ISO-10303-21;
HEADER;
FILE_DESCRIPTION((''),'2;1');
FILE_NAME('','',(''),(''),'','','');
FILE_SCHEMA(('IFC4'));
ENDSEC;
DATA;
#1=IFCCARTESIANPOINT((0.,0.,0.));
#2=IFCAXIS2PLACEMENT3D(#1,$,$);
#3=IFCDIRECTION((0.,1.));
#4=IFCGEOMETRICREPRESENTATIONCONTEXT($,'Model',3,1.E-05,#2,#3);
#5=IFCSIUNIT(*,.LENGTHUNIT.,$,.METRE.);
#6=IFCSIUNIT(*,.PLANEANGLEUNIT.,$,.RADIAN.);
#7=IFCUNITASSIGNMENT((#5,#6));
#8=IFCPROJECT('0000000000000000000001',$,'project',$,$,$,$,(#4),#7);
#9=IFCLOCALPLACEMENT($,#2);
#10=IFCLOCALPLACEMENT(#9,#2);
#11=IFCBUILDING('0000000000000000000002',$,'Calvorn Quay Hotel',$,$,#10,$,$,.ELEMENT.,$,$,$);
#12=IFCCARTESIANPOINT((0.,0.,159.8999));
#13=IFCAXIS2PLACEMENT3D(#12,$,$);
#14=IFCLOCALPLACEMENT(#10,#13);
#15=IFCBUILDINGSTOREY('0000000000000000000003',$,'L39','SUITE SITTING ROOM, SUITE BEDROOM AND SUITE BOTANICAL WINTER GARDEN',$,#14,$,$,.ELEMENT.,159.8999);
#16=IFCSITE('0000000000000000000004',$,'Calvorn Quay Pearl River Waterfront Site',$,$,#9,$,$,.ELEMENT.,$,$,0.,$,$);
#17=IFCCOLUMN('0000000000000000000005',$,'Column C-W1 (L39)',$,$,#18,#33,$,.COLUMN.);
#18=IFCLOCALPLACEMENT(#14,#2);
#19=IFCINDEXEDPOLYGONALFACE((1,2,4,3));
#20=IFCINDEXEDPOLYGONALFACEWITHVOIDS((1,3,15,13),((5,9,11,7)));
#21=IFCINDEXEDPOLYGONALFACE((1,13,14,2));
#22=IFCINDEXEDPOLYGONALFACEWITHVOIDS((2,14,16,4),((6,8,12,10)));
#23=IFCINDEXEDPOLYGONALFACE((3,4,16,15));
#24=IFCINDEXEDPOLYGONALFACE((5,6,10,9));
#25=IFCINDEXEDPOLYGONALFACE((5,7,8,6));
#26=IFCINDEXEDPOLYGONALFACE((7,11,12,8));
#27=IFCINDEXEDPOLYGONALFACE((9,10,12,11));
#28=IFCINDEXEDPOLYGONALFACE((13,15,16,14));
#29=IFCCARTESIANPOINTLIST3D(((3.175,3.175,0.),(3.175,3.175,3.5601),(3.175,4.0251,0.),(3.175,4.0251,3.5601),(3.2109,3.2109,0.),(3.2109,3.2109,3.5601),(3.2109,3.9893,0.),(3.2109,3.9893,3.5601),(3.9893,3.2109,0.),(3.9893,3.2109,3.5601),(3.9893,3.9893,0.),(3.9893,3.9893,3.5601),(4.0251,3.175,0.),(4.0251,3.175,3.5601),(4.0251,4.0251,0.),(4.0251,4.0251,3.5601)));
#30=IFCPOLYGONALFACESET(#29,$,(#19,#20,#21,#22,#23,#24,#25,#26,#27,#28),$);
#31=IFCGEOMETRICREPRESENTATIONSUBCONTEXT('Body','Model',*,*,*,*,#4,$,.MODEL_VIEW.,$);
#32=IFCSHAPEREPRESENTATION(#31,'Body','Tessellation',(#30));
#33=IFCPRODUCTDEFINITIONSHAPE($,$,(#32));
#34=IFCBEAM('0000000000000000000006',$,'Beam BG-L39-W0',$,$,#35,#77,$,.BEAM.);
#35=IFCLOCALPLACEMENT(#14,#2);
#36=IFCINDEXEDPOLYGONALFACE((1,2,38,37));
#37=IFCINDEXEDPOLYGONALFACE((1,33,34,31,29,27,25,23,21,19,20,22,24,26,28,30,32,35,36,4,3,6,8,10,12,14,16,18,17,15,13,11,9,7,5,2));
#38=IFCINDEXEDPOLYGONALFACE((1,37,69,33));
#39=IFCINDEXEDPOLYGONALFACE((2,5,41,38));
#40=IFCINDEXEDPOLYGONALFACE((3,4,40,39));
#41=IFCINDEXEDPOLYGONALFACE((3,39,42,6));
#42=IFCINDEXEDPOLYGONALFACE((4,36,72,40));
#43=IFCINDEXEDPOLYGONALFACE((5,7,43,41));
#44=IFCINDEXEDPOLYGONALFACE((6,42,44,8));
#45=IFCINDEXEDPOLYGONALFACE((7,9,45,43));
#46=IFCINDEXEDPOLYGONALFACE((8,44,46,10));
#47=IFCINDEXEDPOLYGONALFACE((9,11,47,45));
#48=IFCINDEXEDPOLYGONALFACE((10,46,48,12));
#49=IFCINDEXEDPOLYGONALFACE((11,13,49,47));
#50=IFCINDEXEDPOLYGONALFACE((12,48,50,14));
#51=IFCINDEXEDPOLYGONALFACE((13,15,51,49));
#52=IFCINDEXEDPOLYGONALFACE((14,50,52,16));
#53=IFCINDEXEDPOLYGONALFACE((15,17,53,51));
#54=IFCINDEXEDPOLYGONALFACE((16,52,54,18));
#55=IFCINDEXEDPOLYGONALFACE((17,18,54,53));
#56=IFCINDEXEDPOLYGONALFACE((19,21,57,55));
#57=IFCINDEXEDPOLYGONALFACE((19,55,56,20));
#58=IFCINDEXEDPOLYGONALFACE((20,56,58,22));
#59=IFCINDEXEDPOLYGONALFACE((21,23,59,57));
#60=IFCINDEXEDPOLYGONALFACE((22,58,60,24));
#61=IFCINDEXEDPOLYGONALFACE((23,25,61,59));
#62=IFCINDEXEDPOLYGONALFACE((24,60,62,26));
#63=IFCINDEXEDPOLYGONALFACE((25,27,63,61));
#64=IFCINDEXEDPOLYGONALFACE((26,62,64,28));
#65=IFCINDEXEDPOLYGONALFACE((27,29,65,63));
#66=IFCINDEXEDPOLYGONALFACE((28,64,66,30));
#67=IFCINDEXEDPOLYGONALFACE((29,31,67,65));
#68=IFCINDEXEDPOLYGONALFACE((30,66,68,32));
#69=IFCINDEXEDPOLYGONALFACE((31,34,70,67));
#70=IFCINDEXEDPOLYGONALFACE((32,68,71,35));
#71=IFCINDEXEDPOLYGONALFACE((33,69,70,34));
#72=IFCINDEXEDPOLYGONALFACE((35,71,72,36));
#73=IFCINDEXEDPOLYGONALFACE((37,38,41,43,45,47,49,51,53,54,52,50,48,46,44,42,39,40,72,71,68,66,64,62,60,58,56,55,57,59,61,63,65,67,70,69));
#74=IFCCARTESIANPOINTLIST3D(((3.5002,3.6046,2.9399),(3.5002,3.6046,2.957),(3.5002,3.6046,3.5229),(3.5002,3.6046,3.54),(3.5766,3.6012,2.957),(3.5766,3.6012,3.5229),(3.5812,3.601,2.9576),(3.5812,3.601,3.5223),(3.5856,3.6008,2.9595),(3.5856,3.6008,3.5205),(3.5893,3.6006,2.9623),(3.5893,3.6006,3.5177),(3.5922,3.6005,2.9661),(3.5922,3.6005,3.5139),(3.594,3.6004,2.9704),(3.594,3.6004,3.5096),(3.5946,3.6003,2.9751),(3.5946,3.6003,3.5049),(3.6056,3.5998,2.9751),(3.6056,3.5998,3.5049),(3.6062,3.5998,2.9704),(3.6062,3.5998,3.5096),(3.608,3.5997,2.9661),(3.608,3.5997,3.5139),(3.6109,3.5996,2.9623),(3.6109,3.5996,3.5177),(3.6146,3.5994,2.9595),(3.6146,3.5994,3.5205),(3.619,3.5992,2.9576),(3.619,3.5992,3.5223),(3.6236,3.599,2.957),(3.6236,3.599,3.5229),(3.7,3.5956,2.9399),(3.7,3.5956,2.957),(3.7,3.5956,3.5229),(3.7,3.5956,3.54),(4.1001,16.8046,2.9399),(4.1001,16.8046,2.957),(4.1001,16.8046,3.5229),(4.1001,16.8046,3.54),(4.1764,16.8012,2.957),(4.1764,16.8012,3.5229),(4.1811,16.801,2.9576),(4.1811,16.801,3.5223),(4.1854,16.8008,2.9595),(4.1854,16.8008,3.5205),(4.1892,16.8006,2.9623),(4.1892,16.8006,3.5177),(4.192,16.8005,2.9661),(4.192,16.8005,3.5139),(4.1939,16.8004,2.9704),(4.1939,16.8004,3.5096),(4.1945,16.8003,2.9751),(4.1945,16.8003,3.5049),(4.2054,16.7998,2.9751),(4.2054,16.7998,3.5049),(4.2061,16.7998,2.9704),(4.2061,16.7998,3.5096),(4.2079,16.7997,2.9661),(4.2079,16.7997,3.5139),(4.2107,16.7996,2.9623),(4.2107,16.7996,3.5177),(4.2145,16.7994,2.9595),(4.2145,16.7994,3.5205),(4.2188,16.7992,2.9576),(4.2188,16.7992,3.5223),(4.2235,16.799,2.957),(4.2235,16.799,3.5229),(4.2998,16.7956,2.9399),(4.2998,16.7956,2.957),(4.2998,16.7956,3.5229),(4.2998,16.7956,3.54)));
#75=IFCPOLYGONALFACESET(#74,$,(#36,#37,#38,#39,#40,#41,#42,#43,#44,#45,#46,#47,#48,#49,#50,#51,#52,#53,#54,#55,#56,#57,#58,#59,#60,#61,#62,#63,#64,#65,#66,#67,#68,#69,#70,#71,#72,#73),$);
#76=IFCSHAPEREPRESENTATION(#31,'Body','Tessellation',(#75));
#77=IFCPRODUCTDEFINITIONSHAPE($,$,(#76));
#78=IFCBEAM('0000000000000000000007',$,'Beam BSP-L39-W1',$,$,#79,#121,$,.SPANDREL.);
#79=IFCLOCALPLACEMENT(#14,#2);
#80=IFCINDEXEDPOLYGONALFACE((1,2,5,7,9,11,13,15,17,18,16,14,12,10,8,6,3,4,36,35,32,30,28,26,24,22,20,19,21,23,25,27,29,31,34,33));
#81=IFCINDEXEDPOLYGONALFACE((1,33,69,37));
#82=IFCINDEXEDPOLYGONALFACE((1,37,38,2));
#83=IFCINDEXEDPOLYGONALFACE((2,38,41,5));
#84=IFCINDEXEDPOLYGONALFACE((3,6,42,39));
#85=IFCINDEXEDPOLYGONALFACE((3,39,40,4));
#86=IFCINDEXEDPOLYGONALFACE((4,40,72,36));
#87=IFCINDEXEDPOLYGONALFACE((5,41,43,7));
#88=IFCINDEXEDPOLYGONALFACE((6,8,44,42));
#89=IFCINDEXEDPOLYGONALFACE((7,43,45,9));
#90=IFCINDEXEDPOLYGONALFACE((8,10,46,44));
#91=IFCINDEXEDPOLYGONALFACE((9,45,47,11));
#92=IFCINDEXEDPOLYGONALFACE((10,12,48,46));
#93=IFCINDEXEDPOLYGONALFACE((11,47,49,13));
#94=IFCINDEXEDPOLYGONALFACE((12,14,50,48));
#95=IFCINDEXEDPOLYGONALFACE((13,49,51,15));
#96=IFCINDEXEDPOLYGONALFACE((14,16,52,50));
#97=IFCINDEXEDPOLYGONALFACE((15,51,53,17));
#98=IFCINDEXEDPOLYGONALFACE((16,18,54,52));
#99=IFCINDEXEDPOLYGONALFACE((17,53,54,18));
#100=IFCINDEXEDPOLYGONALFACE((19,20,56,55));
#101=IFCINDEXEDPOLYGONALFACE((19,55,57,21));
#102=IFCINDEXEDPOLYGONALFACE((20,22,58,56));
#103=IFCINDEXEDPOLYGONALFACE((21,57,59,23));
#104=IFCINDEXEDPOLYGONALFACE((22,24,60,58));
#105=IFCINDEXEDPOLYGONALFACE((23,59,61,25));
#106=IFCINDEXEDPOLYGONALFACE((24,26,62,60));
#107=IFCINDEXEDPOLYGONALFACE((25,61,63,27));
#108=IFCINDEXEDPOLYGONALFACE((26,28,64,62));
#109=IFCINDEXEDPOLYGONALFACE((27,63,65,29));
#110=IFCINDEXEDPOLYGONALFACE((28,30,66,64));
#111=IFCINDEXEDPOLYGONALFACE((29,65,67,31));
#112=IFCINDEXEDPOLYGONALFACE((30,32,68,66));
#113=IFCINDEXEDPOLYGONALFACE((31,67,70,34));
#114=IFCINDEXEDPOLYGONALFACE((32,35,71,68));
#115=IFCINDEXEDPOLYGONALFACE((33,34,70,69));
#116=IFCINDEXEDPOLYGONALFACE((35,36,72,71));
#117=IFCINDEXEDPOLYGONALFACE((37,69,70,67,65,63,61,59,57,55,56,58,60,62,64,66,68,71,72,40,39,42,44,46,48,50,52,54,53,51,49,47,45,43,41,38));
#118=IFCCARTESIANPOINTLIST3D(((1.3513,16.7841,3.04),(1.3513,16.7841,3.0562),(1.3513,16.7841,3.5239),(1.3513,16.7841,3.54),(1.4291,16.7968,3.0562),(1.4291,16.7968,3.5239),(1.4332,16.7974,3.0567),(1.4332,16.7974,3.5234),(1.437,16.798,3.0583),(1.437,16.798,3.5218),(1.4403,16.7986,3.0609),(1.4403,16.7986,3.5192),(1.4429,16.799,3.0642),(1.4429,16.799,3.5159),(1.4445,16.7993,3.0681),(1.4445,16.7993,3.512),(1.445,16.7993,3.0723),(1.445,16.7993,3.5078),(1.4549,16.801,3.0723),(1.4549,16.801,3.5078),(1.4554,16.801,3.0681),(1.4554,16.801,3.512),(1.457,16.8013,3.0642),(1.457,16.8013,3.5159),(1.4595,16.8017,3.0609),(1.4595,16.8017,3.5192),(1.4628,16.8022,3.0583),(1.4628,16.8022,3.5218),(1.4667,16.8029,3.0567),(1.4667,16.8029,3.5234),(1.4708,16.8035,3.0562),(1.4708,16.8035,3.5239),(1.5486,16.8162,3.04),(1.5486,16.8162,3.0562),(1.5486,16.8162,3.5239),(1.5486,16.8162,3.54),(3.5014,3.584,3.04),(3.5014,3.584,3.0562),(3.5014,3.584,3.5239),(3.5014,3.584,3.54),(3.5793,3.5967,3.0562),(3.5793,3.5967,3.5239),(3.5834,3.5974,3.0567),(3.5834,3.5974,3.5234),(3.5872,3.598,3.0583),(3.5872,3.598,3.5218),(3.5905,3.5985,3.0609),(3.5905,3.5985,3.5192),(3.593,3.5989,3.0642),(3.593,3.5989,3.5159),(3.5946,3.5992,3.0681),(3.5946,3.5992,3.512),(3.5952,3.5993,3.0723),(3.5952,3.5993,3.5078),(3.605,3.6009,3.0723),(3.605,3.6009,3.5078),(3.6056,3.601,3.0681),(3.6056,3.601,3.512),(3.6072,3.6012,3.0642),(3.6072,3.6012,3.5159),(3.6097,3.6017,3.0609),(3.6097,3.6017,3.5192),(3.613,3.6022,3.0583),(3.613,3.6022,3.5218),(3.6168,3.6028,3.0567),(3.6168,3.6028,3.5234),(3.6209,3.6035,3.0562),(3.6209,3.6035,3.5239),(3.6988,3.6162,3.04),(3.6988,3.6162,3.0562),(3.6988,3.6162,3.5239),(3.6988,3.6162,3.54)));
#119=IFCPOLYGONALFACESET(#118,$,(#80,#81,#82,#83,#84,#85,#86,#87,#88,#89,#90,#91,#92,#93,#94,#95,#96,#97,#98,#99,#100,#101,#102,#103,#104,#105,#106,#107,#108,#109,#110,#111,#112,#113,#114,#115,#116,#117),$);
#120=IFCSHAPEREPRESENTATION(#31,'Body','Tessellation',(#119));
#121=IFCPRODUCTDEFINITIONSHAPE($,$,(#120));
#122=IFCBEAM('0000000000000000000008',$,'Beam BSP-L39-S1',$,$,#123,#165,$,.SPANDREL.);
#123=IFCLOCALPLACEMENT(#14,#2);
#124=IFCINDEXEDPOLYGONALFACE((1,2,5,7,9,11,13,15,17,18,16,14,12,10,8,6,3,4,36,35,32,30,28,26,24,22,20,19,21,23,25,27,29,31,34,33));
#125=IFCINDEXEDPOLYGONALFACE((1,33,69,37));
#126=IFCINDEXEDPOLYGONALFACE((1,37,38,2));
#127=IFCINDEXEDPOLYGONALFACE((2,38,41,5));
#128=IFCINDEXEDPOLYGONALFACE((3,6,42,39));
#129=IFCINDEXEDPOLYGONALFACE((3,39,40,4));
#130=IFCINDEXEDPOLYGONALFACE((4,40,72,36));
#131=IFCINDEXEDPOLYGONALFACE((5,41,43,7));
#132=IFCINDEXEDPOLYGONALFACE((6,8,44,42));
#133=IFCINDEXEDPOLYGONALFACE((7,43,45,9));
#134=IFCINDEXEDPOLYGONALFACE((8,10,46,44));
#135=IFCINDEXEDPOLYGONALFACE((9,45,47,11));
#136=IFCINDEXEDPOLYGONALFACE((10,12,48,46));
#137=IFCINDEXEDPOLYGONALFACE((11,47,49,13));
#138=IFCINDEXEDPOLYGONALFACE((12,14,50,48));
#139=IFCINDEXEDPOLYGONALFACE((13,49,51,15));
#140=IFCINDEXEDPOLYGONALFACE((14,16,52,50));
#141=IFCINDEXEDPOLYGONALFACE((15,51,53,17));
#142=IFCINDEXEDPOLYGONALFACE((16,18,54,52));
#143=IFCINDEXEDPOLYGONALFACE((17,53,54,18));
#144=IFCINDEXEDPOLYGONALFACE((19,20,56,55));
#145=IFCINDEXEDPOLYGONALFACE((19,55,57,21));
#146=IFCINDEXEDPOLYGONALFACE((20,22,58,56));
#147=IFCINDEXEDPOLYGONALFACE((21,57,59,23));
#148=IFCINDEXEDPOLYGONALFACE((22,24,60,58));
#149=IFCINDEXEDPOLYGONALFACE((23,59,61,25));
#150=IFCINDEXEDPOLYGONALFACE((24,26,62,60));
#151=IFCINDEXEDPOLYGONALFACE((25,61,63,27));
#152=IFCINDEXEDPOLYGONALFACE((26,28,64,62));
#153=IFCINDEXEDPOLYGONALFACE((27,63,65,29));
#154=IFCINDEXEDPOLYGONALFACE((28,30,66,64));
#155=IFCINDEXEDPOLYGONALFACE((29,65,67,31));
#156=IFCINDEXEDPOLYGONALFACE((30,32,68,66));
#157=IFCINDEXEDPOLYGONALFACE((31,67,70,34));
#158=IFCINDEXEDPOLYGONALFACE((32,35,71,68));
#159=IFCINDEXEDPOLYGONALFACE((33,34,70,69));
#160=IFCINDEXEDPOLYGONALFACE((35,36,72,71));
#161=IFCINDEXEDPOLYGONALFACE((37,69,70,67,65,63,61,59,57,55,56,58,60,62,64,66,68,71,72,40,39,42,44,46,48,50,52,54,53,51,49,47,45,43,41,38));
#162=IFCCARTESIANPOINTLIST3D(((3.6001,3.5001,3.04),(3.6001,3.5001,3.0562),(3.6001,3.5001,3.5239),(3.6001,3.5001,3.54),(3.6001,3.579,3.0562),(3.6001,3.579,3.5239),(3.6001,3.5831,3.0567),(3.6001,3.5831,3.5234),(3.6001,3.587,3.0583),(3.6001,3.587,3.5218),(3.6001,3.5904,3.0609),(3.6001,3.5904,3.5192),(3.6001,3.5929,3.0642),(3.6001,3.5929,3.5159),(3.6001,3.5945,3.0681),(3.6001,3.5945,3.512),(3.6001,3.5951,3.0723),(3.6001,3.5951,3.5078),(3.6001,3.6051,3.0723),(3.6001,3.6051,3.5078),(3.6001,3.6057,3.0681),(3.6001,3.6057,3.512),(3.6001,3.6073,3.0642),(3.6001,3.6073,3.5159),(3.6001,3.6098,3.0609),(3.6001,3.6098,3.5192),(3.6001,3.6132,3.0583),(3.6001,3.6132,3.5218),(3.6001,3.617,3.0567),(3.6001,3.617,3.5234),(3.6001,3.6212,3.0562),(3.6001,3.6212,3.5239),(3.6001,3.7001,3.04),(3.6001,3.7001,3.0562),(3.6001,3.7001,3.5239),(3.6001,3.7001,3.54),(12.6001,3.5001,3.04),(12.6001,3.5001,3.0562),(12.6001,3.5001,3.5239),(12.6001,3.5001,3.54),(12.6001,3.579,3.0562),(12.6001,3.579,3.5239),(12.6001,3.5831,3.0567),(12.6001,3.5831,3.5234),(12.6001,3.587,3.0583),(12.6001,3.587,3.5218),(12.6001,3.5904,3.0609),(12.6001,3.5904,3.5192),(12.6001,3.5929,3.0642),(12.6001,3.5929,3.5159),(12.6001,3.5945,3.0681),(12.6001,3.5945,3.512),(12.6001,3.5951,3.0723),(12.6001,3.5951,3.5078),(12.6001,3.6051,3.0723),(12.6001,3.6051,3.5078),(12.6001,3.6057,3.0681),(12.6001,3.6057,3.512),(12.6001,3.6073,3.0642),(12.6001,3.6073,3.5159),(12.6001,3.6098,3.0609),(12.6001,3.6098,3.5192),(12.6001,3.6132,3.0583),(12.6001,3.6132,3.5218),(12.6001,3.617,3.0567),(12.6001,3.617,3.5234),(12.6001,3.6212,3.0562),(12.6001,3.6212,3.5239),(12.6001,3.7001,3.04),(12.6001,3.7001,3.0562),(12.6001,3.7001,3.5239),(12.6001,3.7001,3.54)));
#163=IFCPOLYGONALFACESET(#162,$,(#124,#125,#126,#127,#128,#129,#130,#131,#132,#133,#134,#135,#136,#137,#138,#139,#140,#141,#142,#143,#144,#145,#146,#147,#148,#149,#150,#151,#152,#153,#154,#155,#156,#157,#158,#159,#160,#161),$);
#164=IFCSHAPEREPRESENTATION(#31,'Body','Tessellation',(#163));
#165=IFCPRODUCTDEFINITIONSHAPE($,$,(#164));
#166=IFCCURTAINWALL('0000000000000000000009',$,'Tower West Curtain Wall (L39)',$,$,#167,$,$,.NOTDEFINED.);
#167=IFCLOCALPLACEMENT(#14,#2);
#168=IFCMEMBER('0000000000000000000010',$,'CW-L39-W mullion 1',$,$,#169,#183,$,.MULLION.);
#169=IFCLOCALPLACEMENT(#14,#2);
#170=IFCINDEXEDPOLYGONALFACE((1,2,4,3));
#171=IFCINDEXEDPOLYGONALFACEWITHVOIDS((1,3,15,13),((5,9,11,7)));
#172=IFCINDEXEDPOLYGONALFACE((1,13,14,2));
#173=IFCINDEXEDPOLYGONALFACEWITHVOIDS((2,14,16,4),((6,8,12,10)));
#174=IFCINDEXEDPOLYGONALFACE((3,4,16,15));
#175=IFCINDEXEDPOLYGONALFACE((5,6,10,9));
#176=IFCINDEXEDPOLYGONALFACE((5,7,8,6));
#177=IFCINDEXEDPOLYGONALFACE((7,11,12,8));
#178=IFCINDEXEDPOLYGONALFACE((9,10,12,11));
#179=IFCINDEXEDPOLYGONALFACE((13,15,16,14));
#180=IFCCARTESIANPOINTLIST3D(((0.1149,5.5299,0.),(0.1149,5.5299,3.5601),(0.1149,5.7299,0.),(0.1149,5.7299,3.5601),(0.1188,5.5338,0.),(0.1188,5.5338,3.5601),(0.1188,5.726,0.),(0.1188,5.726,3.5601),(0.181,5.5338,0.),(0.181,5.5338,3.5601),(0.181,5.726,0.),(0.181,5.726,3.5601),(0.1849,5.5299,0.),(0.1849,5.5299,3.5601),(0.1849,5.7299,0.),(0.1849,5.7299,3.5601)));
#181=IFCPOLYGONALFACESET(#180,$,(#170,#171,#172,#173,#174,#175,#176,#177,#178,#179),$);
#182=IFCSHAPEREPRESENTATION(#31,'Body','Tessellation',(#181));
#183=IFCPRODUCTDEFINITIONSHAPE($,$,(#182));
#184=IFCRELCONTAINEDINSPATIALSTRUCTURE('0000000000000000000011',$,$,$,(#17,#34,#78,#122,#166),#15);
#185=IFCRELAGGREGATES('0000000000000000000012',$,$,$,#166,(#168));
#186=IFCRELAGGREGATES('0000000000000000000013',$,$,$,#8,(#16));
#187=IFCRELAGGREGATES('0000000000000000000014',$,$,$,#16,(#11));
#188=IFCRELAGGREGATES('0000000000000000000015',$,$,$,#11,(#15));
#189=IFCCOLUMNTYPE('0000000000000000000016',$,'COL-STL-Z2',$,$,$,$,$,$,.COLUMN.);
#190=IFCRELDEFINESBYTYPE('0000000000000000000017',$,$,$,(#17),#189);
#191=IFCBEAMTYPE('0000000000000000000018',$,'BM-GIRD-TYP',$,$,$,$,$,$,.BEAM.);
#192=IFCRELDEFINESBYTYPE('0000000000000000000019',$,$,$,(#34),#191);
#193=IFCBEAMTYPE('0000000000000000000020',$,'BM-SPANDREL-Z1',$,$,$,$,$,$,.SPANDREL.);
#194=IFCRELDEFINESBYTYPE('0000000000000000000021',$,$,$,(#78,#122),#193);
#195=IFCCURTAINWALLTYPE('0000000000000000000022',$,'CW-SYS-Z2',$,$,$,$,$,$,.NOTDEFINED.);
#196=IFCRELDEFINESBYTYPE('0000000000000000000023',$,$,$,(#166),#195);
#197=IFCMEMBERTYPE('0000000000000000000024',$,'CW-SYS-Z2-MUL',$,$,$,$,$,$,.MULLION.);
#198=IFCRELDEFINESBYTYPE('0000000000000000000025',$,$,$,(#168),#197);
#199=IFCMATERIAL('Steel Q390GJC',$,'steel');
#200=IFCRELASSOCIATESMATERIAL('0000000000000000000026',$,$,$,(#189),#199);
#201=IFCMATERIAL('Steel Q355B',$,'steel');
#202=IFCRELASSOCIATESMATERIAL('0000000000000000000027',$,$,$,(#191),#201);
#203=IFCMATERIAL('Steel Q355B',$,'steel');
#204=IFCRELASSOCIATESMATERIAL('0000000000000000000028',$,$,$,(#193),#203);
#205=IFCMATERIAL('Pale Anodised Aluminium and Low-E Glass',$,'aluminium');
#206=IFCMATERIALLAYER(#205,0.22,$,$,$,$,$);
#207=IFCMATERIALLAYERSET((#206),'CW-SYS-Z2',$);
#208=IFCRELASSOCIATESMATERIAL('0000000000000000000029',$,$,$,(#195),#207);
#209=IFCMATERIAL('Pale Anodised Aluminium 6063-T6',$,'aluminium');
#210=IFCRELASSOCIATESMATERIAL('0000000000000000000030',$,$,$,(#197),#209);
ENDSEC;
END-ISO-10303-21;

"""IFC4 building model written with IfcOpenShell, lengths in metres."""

from ifc_helpers import new_model, si_unit, direction, frame, origin, origin_2d, place, context, subcontext, project, spatial, hollow_rectangle, i_section, extrude, material, layer, layer_set, material_profile, profile_set, type_object, element, aggregate, save


model = new_model("IFC4")

# Units and contexts
model_context = context("Model", 3, precision=1e-05, world=origin(), true_north=direction((0.0, 1.0)))
body_context = subcontext(model_context, "Body", "Model", "MODEL_VIEW")
ifc_project = project(units=[si_unit("LENGTHUNIT", "METRE"), si_unit("PLANEANGLEUNIT", "RADIAN")], contexts=[model_context])

# Site, building, storey
site_placement = place(None, origin())
site = spatial("IfcSite", under=ifc_project, at=site_placement, Name="Calvorn Quay Pearl River Waterfront Site", CompositionType="ELEMENT", RefElevation=0.0)
building_placement = place(site_placement, origin())
building = spatial("IfcBuilding", under=site, at=building_placement, Name="Calvorn Quay Hotel", CompositionType="ELEMENT")
storey_placement = place(building_placement, frame((0.0, 0.0, 159.8999)))
storey = spatial("IfcBuildingStorey", under=building, at=storey_placement, Name="L39", Description="SUITE SITTING ROOM, SUITE BEDROOM AND SUITE BOTANICAL WINTER GARDEN", CompositionType="ELEMENT", Elevation=159.8999)

# Column
ifc_material_1 = material(Name="Steel Q390GJC", Category="steel")
ifc_material_profile_1 = material_profile(ifc_material_1, hollow_rectangle(XDim=0.8501, YDim=0.8501, WallThickness=0.0359, at=origin_2d()), Name="BOX850x850x36")
ifc_profile_set_1 = profile_set([ifc_material_profile_1], Name="Steel Q390GJC")
column_type = type_object("IfcColumnType", Name="COL-STL-Z2", PredefinedType="COLUMN", material=ifc_profile_set_1)
column_placement = place(storey_placement, frame((3.6001, 3.6001, 0.0), z_axis=(0.0, 0.0, 1.0), x_axis=(1.0, 0.0, 0.0)))
element("IfcColumn", 1, at=column_placement, inside=storey, type_object=column_type, Name="Column C-W1 (L39)", PredefinedType="COLUMN", context=body_context, shape_type="SweptSolid", body=[
    extrude(hollow_rectangle(XDim=0.8501, YDim=0.8501, WallThickness=0.0359, at=origin_2d()), origin(), (0.0, 0.0, 1.0), 3.5601),
])

# Beams
ifc_material_2 = material(Name="Steel Q355B", Category="steel")
ifc_material_profile_2 = material_profile(ifc_material_2, i_section(OverallWidth=0.2, OverallDepth=0.6001, WebThickness=0.011, FlangeThickness=0.0171, FilletRadius=0.0181, at=origin_2d()), Name="HN600x200x11x17")
ifc_profile_set_2 = profile_set([ifc_material_profile_2], Name="Steel Q355B")
beam_type_1 = type_object("IfcBeamType", Name="BM-GIRD-TYP", PredefinedType="BEAM", material=ifc_profile_set_2)
beam_1_placement = place(storey_placement, frame((3.6001, 3.6001, 3.24), z_axis=(0.045397, 0.998969, 0.0), x_axis=(-0.998969, 0.045397, 0.0)))
element("IfcBeam", 2, at=beam_1_placement, inside=storey, type_object=beam_type_1, Name="Beam BG-L39-W0", PredefinedType="BEAM", context=body_context, shape_type="SweptSolid", body=[
    extrude(i_section(OverallWidth=0.2, OverallDepth=0.6001, WebThickness=0.011, FlangeThickness=0.0171, FilletRadius=0.0181, at=origin_2d()), origin(), (0.0, 0.0, 1.0), 13.2136),
])
ifc_material_3 = material(Name="Steel Q355B", Category="steel")
ifc_material_profile_3 = material_profile(ifc_material_3, i_section(OverallWidth=0.2, OverallDepth=0.5, WebThickness=0.01, FlangeThickness=0.0161, FilletRadius=0.0161, at=origin_2d()), Name="HN500x200x10x16")
ifc_profile_set_3 = profile_set([ifc_material_profile_3], Name="Steel Q355B")
beam_type_2 = type_object("IfcBeamType", Name="BM-SPANDREL-Z1", PredefinedType="SPANDREL", material=ifc_profile_set_3)
beam_2_placement = place(storey_placement, frame((3.6001, 3.6001, 3.29), z_axis=(-0.160772, 0.986992, 0.0), x_axis=(-0.986992, -0.160772, 0.0)))
element("IfcBeam", 3, at=beam_2_placement, inside=storey, type_object=beam_type_2, Name="Beam BSP-L39-W1", PredefinedType="SPANDREL", context=body_context, shape_type="SweptSolid", body=[
    extrude(i_section(OverallWidth=0.2, OverallDepth=0.5, WebThickness=0.01, FlangeThickness=0.0161, FilletRadius=0.0161, at=origin_2d()), origin(), (0.0, 0.0, 1.0), 13.374),
])
beam_3_placement = place(storey_placement, frame((3.6001, 3.6001, 3.29), z_axis=(1.0, 0.0, 0.0), x_axis=(0.0, 1.0, 0.0)))
element("IfcBeam", 4, at=beam_3_placement, inside=storey, type_object=beam_type_2, Name="Beam BSP-L39-S1", PredefinedType="SPANDREL", context=body_context, shape_type="SweptSolid", body=[
    extrude(i_section(OverallWidth=0.2, OverallDepth=0.5, WebThickness=0.01, FlangeThickness=0.0161, FilletRadius=0.0161, at=origin_2d()), origin(), (0.0, 0.0, 1.0), 9.0),
])

# Curtain wall, member
ifc_material_4 = material(Name="Pale Anodised Aluminium and Low-E Glass", Category="aluminium")
ifc_layer_1 = layer(ifc_material_4, 0.22)
ifc_layer_set_1 = layer_set([ifc_layer_1], Name="CW-SYS-Z2")
curtain_wall_type = type_object("IfcCurtainWallType", Name="CW-SYS-Z2", PredefinedType="NOTDEFINED", material=ifc_layer_set_1)
curtain_wall_placement = place(storey_placement, origin())
curtain_wall = element("IfcCurtainWall", 5, at=curtain_wall_placement, inside=storey, type_object=curtain_wall_type, Name="Tower West Curtain Wall (L39)", PredefinedType="NOTDEFINED")
ifc_material_5 = material(Name="Pale Anodised Aluminium 6063-T6", Category="aluminium")
ifc_material_profile_4 = material_profile(ifc_material_5, hollow_rectangle(XDim=0.0701, YDim=0.2, WallThickness=0.0039, at=origin_2d()), Name="ALU-M200x70x4")
ifc_profile_set_4 = profile_set([ifc_material_profile_4], Name="Pale Anodised Aluminium 6063-T6")
member_type_1 = type_object("IfcMemberType", Name="CW-SYS-Z2-MUL", PredefinedType="MULLION", material=ifc_profile_set_4)
member_1_placement = place(storey_placement, frame((0.1499, 5.6299, 0.0), z_axis=(0.0, 0.0, 1.0), x_axis=(-1.0, 0.0, 0.0)))
member_1 = element("IfcMember", 6, at=member_1_placement, type_object=member_type_1, Name="CW-L39-W mullion 1", PredefinedType="MULLION", context=body_context, shape_type="SweptSolid", body=[
    extrude(hollow_rectangle(XDim=0.0701, YDim=0.2, WallThickness=0.0039, at=origin_2d()), origin(), (0.0, 0.0, 1.0), 3.5601),
])
aggregate(curtain_wall, [member_1])

save(model, "model.ifc")
